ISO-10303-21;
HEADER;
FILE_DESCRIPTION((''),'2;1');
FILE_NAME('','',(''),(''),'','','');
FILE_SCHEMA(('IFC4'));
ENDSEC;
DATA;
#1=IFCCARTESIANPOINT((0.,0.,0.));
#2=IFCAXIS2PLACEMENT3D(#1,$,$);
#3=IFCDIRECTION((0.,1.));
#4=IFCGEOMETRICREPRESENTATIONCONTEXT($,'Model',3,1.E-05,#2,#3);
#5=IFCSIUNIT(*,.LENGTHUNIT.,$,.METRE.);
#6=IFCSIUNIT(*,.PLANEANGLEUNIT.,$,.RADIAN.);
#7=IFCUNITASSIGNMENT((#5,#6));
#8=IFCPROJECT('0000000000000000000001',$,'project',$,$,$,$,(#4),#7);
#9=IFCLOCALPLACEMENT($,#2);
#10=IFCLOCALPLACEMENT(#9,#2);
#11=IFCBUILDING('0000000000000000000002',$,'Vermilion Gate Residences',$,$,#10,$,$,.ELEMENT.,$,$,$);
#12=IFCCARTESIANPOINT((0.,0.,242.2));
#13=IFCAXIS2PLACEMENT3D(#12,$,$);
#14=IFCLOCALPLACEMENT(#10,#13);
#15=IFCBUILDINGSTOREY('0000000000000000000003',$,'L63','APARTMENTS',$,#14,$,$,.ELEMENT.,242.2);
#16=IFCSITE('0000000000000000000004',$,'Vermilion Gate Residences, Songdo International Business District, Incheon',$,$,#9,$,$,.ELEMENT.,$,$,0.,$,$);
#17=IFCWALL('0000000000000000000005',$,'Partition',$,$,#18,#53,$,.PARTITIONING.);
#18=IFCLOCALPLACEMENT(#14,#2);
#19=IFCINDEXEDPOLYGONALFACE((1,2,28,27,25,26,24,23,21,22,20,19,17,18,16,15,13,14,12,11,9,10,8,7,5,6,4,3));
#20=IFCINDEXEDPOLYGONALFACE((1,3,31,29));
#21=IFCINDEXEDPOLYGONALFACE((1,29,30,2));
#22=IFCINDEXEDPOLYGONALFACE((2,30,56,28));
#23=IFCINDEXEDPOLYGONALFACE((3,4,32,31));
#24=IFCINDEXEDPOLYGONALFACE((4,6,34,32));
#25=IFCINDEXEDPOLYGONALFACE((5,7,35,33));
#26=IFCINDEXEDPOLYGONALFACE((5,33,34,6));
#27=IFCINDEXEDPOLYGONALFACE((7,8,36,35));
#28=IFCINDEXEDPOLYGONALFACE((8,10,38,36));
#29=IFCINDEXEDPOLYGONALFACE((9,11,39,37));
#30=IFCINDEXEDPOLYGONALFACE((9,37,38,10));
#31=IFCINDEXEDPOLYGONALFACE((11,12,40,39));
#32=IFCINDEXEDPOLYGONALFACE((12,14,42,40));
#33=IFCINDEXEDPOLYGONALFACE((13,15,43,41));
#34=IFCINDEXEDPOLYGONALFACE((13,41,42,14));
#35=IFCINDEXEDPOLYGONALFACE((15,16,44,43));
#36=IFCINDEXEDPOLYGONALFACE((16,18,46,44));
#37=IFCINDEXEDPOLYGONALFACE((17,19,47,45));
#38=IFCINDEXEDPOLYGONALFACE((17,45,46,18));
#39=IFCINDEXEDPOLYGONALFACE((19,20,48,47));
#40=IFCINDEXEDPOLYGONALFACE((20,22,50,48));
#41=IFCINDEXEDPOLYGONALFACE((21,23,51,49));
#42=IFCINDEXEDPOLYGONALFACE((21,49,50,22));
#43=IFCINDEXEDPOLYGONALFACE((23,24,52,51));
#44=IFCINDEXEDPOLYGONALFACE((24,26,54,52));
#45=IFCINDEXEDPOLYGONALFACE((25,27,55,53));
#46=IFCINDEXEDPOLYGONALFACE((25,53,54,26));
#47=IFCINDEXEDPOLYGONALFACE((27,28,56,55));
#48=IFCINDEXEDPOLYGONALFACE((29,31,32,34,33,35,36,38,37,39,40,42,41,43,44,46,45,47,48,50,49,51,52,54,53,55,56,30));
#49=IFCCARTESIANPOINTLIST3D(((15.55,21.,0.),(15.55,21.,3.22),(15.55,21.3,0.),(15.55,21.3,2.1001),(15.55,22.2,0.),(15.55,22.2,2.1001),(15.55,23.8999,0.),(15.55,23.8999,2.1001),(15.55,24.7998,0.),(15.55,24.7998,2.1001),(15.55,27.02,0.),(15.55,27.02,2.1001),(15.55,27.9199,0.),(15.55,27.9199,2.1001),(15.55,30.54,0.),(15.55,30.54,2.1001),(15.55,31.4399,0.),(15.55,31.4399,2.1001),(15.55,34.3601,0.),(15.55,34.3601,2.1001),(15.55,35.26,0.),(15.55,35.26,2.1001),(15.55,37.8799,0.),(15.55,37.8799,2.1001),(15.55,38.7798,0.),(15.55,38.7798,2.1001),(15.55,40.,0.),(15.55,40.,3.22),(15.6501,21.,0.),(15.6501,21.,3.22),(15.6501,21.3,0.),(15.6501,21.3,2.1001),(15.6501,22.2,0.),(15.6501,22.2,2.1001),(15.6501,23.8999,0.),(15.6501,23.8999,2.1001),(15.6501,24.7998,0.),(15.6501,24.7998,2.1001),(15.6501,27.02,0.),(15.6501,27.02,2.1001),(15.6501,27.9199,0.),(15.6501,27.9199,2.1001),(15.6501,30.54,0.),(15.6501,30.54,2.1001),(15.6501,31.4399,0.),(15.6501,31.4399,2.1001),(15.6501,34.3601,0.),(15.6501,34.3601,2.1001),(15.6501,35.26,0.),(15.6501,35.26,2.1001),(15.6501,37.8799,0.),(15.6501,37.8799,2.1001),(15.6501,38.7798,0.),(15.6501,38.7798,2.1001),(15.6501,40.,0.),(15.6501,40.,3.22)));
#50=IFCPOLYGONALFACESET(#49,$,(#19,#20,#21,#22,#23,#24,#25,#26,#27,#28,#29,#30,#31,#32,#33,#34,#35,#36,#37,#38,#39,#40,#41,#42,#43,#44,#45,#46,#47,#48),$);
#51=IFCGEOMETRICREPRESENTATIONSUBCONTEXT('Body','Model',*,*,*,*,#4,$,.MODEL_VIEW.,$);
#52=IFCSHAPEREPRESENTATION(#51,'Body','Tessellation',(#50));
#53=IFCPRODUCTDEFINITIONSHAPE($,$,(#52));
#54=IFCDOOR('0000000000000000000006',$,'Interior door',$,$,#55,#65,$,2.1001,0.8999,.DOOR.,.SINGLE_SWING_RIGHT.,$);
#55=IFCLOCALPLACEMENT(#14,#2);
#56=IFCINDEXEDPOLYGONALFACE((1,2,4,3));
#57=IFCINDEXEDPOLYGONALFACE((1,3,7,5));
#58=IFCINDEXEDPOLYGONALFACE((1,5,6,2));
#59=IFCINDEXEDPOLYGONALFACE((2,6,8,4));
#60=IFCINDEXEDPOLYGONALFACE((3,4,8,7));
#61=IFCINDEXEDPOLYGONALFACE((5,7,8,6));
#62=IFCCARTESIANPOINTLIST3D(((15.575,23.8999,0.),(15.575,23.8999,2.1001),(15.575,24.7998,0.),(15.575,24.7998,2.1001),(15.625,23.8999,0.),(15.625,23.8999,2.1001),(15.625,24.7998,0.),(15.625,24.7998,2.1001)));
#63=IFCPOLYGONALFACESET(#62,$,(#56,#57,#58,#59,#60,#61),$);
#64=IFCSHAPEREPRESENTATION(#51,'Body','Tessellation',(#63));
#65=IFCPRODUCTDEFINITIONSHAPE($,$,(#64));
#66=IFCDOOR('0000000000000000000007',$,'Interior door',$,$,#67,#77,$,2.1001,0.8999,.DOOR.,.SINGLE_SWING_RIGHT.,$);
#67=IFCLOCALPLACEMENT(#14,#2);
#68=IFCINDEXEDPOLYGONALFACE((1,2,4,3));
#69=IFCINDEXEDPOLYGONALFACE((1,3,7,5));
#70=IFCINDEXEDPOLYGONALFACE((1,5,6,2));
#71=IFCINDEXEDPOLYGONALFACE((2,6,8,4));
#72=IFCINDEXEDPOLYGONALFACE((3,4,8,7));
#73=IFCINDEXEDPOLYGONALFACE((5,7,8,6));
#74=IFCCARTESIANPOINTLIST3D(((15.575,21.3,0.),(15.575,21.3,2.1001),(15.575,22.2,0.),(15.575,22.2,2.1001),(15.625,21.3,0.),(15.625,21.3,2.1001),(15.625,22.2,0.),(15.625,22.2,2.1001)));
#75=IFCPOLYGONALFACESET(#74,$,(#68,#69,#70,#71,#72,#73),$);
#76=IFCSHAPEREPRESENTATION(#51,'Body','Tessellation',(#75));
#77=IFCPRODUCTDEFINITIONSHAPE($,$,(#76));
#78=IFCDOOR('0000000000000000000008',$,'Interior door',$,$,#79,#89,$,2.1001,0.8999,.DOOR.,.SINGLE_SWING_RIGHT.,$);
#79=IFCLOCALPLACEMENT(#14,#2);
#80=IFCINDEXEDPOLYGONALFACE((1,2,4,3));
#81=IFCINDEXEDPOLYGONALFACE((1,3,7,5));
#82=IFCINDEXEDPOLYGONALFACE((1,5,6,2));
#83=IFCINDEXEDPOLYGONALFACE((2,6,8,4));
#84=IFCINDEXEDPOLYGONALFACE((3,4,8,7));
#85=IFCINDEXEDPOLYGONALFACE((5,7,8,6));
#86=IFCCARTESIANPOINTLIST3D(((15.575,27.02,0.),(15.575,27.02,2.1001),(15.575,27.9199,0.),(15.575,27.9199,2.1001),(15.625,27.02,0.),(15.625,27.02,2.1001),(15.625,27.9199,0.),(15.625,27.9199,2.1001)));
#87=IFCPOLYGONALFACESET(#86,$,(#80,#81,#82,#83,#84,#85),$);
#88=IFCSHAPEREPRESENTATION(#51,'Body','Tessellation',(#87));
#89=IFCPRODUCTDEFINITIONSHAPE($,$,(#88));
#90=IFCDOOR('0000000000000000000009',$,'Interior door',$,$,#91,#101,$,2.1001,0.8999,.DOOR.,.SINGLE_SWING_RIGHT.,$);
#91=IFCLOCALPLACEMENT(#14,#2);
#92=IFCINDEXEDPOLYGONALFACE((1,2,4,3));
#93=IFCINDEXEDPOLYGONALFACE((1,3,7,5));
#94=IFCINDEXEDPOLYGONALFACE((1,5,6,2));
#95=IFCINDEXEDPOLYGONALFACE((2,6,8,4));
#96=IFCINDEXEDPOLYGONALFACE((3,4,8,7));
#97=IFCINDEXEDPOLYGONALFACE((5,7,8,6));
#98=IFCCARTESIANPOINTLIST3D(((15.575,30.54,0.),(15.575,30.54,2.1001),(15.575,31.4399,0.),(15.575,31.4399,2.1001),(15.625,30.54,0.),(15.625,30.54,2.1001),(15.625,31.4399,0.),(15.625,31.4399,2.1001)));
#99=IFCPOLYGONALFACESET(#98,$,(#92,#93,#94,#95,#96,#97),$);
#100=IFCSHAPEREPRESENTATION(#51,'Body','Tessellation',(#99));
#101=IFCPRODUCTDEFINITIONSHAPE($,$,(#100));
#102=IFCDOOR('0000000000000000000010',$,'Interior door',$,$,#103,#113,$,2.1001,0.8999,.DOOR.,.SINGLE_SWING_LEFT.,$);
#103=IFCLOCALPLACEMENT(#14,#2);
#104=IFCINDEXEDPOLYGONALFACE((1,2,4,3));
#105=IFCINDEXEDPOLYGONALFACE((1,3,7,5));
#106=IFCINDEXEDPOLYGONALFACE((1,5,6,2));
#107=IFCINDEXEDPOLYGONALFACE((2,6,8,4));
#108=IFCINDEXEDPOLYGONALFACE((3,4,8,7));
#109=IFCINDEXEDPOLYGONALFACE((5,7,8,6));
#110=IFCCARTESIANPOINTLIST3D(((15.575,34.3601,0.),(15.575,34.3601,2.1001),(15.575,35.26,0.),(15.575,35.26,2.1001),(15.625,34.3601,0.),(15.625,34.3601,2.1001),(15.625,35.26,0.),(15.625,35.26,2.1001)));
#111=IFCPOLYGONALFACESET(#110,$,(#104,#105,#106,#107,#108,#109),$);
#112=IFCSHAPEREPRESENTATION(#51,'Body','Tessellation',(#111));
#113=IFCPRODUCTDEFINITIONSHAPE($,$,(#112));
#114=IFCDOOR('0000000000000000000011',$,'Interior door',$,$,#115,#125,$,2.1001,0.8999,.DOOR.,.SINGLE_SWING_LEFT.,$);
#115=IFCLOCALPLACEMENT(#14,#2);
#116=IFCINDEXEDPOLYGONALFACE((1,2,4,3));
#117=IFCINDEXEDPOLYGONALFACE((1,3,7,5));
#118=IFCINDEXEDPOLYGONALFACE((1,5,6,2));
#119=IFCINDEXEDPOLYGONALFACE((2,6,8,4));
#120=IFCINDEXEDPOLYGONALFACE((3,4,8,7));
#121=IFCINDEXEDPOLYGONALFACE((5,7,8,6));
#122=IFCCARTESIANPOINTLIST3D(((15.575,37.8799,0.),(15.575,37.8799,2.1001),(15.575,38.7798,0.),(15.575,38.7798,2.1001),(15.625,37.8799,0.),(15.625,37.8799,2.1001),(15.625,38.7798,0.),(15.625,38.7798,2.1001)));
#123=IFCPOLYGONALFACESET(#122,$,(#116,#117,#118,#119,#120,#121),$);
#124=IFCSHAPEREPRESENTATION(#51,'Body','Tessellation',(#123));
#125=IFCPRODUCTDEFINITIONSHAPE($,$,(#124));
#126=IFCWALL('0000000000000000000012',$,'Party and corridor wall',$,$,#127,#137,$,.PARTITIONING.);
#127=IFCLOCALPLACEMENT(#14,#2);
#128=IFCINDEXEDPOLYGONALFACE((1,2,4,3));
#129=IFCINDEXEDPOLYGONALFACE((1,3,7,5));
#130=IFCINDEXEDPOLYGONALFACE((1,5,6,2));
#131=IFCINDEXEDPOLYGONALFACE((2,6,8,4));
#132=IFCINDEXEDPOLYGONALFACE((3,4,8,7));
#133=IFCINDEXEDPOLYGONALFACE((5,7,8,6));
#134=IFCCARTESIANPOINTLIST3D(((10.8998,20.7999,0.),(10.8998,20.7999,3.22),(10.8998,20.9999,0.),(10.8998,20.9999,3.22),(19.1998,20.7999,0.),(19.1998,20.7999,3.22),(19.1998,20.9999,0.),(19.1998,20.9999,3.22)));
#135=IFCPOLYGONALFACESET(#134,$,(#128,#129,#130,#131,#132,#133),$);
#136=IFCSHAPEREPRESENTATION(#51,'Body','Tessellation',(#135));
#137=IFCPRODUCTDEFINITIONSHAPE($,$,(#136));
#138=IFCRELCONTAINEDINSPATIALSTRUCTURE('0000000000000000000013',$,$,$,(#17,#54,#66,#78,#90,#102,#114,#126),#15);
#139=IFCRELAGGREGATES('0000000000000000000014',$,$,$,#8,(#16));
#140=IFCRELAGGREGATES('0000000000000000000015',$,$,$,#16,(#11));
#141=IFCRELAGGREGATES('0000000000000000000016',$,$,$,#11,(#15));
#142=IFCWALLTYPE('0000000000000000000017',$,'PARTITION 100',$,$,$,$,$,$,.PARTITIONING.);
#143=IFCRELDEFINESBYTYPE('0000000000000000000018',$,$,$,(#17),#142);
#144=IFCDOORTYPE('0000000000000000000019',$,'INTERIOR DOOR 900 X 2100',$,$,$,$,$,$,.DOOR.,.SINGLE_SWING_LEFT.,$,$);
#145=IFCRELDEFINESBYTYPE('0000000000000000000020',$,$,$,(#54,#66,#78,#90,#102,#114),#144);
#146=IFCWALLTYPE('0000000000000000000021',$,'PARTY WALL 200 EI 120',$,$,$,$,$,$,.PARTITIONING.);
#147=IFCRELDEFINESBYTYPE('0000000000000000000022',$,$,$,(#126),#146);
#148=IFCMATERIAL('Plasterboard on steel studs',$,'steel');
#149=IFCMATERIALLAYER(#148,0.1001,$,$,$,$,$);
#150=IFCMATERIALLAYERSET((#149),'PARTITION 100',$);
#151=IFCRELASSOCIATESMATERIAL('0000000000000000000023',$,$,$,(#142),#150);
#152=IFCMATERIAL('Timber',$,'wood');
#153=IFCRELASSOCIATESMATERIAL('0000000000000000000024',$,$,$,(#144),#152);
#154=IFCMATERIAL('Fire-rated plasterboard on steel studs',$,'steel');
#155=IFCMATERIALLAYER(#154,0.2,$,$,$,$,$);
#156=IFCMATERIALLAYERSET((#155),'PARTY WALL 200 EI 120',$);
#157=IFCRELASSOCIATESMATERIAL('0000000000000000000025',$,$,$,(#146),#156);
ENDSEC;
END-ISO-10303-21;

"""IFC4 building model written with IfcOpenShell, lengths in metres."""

from ifc_helpers import new_model, si_unit, direction, frame, frame_2d, origin, place, context, subcontext, project, spatial, rectangle, extrude, material, layer, layer_set, type_object, element, fill, save


model = new_model("IFC4")

# Units and contexts
model_context = context("Model", 3, precision=1e-05, world=origin(), true_north=direction((0.0, 1.0)))
body_context = subcontext(model_context, "Body", "Model", "MODEL_VIEW")
ifc_project = project(units=[si_unit("LENGTHUNIT", "METRE"), si_unit("PLANEANGLEUNIT", "RADIAN")], contexts=[model_context])

# Site, building, storey
site_placement = place(None, origin())
site = spatial("IfcSite", under=ifc_project, at=site_placement, Name="Vermilion Gate Residences, Songdo International Business District, Incheon", CompositionType="ELEMENT", RefElevation=0.0)
building_placement = place(site_placement, origin())
building = spatial("IfcBuilding", under=site, at=building_placement, Name="Vermilion Gate Residences", CompositionType="ELEMENT")
storey_placement = place(building_placement, frame((0.0, 0.0, 242.2)))
storey = spatial("IfcBuildingStorey", under=building, at=storey_placement, Name="L63", Description="APARTMENTS", CompositionType="ELEMENT", Elevation=242.2)

# Shared definitions
ifc_material_1 = material(Name="Plasterboard on steel studs", Category="steel")
ifc_layer_1 = layer(ifc_material_1, 0.1001)
ifc_layer_set_1 = layer_set([ifc_layer_1], Name="PARTITION 100")
wall_type_1 = type_object("IfcWallType", Name="PARTITION 100", PredefinedType="PARTITIONING", material=ifc_layer_set_1)

# Wall, openings, doors
ifc_material_2 = material(Name="Timber", Category="wood")
door_type_1 = type_object("IfcDoorType", Name="INTERIOR DOOR 900 X 2100", OperationType="SINGLE_SWING_LEFT", PredefinedType="DOOR", material=ifc_material_2)
wall_1_placement = place(storey_placement, frame((15.6001, 21.0, 0.0), z_axis=(0.0, 0.0, 1.0), x_axis=(0.0, 1.0, 0.0)))
wall_1 = element("IfcWall", 1, at=wall_1_placement, inside=storey, type_object=wall_type_1, Name="Partition", PredefinedType="PARTITIONING", context=body_context, shape_type="SweptSolid", body=[
    extrude(rectangle(XDim=19.0, YDim=0.1001, at=frame_2d((9.5, 0.0))), origin(), (0.0, 0.0, 1.0), 3.22),
])
opening_1_placement = place(wall_1_placement, frame((2.8999, 0.0, 0.0)))
opening_1 = element("IfcOpeningElement", 2, at=opening_1_placement, cuts=wall_1, PredefinedType="OPENING", context=body_context, shape_type="SweptSolid", body=[
    extrude(rectangle(XDim=0.8999, YDim=2.1001, at=frame_2d((0.45, 1.05))), frame((0.0, 0.0601, 0.0), z_axis=(0.0, -1.0, 0.0), x_axis=(1.0, 0.0, 0.0)), (0.0, 0.0, 1.0), 0.1201),
])
opening_2_placement = place(wall_1_placement, frame((0.3, 0.0, 0.0)))
opening_2 = element("IfcOpeningElement", 3, at=opening_2_placement, cuts=wall_1, PredefinedType="OPENING", context=body_context, shape_type="SweptSolid", body=[
    extrude(rectangle(XDim=0.8999, YDim=2.1001, at=frame_2d((0.45, 1.05))), frame((0.0, 0.0601, 0.0), z_axis=(0.0, -1.0, 0.0), x_axis=(1.0, 0.0, 0.0)), (0.0, 0.0, 1.0), 0.1201),
])
opening_3_placement = place(wall_1_placement, frame((6.02, 0.0, 0.0)))
opening_3 = element("IfcOpeningElement", 4, at=opening_3_placement, cuts=wall_1, PredefinedType="OPENING", context=body_context, shape_type="SweptSolid", body=[
    extrude(rectangle(XDim=0.8999, YDim=2.1001, at=frame_2d((0.45, 1.05))), frame((0.0, 0.0601, 0.0), z_axis=(0.0, -1.0, 0.0), x_axis=(1.0, 0.0, 0.0)), (0.0, 0.0, 1.0), 0.1201),
])
opening_4_placement = place(wall_1_placement, frame((9.54, 0.0, 0.0)))
opening_4 = element("IfcOpeningElement", 5, at=opening_4_placement, cuts=wall_1, PredefinedType="OPENING", context=body_context, shape_type="SweptSolid", body=[
    extrude(rectangle(XDim=0.8999, YDim=2.1001, at=frame_2d((0.45, 1.05))), frame((0.0, 0.0601, 0.0), z_axis=(0.0, -1.0, 0.0), x_axis=(1.0, 0.0, 0.0)), (0.0, 0.0, 1.0), 0.1201),
])
opening_5_placement = place(wall_1_placement, frame((13.3601, 0.0, 0.0)))
opening_5 = element("IfcOpeningElement", 6, at=opening_5_placement, cuts=wall_1, PredefinedType="OPENING", context=body_context, shape_type="SweptSolid", body=[
    extrude(rectangle(XDim=0.8999, YDim=2.1001, at=frame_2d((0.45, 1.05))), frame((0.0, 0.0601, 0.0), z_axis=(0.0, -1.0, 0.0), x_axis=(1.0, 0.0, 0.0)), (0.0, 0.0, 1.0), 0.1201),
])
opening_6_placement = place(wall_1_placement, frame((16.8799, 0.0, 0.0)))
opening_6 = element("IfcOpeningElement", 7, at=opening_6_placement, cuts=wall_1, PredefinedType="OPENING", context=body_context, shape_type="SweptSolid", body=[
    extrude(rectangle(XDim=0.8999, YDim=2.1001, at=frame_2d((0.45, 1.05))), frame((0.0, 0.0601, 0.0), z_axis=(0.0, -1.0, 0.0), x_axis=(1.0, 0.0, 0.0)), (0.0, 0.0, 1.0), 0.1201),
])
door_1_placement = place(opening_1_placement, frame((0.8999, 0.0, 0.0), z_axis=(0.0, 0.0, 1.0), x_axis=(-1.0, 0.0, 0.0)))
door_1 = element("IfcDoor", 8, at=door_1_placement, inside=storey, type_object=door_type_1, Name="Interior door", OperationType="SINGLE_SWING_RIGHT", OverallHeight=2.1001, OverallWidth=0.8999, PredefinedType="DOOR", context=body_context, shape_type="SweptSolid", body=[
    extrude(rectangle(XDim=0.8999, YDim=2.1001, at=frame_2d((0.45, 1.05))), frame((0.0, 0.0249, 0.0), z_axis=(0.0, -1.0, 0.0), x_axis=(1.0, 0.0, 0.0)), (0.0, 0.0, 1.0), 0.05),
])
fill(opening_1, door_1)
door_2_placement = place(opening_2_placement, frame((0.8999, 0.0, 0.0), z_axis=(0.0, 0.0, 1.0), x_axis=(-1.0, 0.0, 0.0)))
door_2 = element("IfcDoor", 9, at=door_2_placement, inside=storey, type_object=door_type_1, Name="Interior door", OperationType="SINGLE_SWING_RIGHT", OverallHeight=2.1001, OverallWidth=0.8999, PredefinedType="DOOR", context=body_context, shape_type="SweptSolid", body=[
    extrude(rectangle(XDim=0.8999, YDim=2.1001, at=frame_2d((0.45, 1.05))), frame((0.0, 0.0249, 0.0), z_axis=(0.0, -1.0, 0.0), x_axis=(1.0, 0.0, 0.0)), (0.0, 0.0, 1.0), 0.05),
])
fill(opening_2, door_2)
door_3_placement = place(opening_3_placement, frame((0.8999, 0.0, 0.0), z_axis=(0.0, 0.0, 1.0), x_axis=(-1.0, 0.0, 0.0)))
door_3 = element("IfcDoor", 10, at=door_3_placement, inside=storey, type_object=door_type_1, Name="Interior door", OperationType="SINGLE_SWING_RIGHT", OverallHeight=2.1001, OverallWidth=0.8999, PredefinedType="DOOR", context=body_context, shape_type="SweptSolid", body=[
    extrude(rectangle(XDim=0.8999, YDim=2.1001, at=frame_2d((0.45, 1.05))), frame((0.0, 0.0249, 0.0), z_axis=(0.0, -1.0, 0.0), x_axis=(1.0, 0.0, 0.0)), (0.0, 0.0, 1.0), 0.05),
])
fill(opening_3, door_3)
door_4_placement = place(opening_4_placement, frame((0.8999, 0.0, 0.0), z_axis=(0.0, 0.0, 1.0), x_axis=(-1.0, 0.0, 0.0)))
door_4 = element("IfcDoor", 11, at=door_4_placement, inside=storey, type_object=door_type_1, Name="Interior door", OperationType="SINGLE_SWING_RIGHT", OverallHeight=2.1001, OverallWidth=0.8999, PredefinedType="DOOR", context=body_context, shape_type="SweptSolid", body=[
    extrude(rectangle(XDim=0.8999, YDim=2.1001, at=frame_2d((0.45, 1.05))), frame((0.0, 0.0249, 0.0), z_axis=(0.0, -1.0, 0.0), x_axis=(1.0, 0.0, 0.0)), (0.0, 0.0, 1.0), 0.05),
])
fill(opening_4, door_4)
door_5_placement = place(opening_5_placement, frame((0.8999, 0.0, 0.0), z_axis=(0.0, 0.0, 1.0), x_axis=(-1.0, 0.0, 0.0)))
door_5 = element("IfcDoor", 12, at=door_5_placement, inside=storey, type_object=door_type_1, Name="Interior door", OperationType="SINGLE_SWING_LEFT", OverallHeight=2.1001, OverallWidth=0.8999, PredefinedType="DOOR", context=body_context, shape_type="SweptSolid", body=[
    extrude(rectangle(XDim=0.8999, YDim=2.1001, at=frame_2d((0.45, 1.05))), frame((0.0, 0.0249, 0.0), z_axis=(0.0, -1.0, 0.0), x_axis=(1.0, 0.0, 0.0)), (0.0, 0.0, 1.0), 0.05),
])
fill(opening_5, door_5)
door_6_placement = place(opening_6_placement, frame((0.8999, 0.0, 0.0), z_axis=(0.0, 0.0, 1.0), x_axis=(-1.0, 0.0, 0.0)))
door_6 = element("IfcDoor", 13, at=door_6_placement, inside=storey, type_object=door_type_1, Name="Interior door", OperationType="SINGLE_SWING_LEFT", OverallHeight=2.1001, OverallWidth=0.8999, PredefinedType="DOOR", context=body_context, shape_type="SweptSolid", body=[
    extrude(rectangle(XDim=0.8999, YDim=2.1001, at=frame_2d((0.45, 1.05))), frame((0.0, 0.0249, 0.0), z_axis=(0.0, -1.0, 0.0), x_axis=(1.0, 0.0, 0.0)), (0.0, 0.0, 1.0), 0.05),
])
fill(opening_6, door_6)

# Wall
ifc_material_3 = material(Name="Fire-rated plasterboard on steel studs", Category="steel")
ifc_layer_2 = layer(ifc_material_3, 0.2)
ifc_layer_set_2 = layer_set([ifc_layer_2], Name="PARTY WALL 200 EI 120")
wall_type_2 = type_object("IfcWallType", Name="PARTY WALL 200 EI 120", PredefinedType="PARTITIONING", material=ifc_layer_set_2)
wall_2_placement = place(storey_placement, frame((10.8999, 20.8999, 0.0), z_axis=(0.0, 0.0, 1.0), x_axis=(1.0, 0.0, 0.0)))
element("IfcWall", 14, at=wall_2_placement, inside=storey, type_object=wall_type_2, Name="Party and corridor wall", PredefinedType="PARTITIONING", context=body_context, shape_type="SweptSolid", body=[
    extrude(rectangle(XDim=8.3, YDim=0.2, at=frame_2d((4.1499, 0.0))), origin(), (0.0, 0.0, 1.0), 3.22),
])

save(model, "model.ifc")
